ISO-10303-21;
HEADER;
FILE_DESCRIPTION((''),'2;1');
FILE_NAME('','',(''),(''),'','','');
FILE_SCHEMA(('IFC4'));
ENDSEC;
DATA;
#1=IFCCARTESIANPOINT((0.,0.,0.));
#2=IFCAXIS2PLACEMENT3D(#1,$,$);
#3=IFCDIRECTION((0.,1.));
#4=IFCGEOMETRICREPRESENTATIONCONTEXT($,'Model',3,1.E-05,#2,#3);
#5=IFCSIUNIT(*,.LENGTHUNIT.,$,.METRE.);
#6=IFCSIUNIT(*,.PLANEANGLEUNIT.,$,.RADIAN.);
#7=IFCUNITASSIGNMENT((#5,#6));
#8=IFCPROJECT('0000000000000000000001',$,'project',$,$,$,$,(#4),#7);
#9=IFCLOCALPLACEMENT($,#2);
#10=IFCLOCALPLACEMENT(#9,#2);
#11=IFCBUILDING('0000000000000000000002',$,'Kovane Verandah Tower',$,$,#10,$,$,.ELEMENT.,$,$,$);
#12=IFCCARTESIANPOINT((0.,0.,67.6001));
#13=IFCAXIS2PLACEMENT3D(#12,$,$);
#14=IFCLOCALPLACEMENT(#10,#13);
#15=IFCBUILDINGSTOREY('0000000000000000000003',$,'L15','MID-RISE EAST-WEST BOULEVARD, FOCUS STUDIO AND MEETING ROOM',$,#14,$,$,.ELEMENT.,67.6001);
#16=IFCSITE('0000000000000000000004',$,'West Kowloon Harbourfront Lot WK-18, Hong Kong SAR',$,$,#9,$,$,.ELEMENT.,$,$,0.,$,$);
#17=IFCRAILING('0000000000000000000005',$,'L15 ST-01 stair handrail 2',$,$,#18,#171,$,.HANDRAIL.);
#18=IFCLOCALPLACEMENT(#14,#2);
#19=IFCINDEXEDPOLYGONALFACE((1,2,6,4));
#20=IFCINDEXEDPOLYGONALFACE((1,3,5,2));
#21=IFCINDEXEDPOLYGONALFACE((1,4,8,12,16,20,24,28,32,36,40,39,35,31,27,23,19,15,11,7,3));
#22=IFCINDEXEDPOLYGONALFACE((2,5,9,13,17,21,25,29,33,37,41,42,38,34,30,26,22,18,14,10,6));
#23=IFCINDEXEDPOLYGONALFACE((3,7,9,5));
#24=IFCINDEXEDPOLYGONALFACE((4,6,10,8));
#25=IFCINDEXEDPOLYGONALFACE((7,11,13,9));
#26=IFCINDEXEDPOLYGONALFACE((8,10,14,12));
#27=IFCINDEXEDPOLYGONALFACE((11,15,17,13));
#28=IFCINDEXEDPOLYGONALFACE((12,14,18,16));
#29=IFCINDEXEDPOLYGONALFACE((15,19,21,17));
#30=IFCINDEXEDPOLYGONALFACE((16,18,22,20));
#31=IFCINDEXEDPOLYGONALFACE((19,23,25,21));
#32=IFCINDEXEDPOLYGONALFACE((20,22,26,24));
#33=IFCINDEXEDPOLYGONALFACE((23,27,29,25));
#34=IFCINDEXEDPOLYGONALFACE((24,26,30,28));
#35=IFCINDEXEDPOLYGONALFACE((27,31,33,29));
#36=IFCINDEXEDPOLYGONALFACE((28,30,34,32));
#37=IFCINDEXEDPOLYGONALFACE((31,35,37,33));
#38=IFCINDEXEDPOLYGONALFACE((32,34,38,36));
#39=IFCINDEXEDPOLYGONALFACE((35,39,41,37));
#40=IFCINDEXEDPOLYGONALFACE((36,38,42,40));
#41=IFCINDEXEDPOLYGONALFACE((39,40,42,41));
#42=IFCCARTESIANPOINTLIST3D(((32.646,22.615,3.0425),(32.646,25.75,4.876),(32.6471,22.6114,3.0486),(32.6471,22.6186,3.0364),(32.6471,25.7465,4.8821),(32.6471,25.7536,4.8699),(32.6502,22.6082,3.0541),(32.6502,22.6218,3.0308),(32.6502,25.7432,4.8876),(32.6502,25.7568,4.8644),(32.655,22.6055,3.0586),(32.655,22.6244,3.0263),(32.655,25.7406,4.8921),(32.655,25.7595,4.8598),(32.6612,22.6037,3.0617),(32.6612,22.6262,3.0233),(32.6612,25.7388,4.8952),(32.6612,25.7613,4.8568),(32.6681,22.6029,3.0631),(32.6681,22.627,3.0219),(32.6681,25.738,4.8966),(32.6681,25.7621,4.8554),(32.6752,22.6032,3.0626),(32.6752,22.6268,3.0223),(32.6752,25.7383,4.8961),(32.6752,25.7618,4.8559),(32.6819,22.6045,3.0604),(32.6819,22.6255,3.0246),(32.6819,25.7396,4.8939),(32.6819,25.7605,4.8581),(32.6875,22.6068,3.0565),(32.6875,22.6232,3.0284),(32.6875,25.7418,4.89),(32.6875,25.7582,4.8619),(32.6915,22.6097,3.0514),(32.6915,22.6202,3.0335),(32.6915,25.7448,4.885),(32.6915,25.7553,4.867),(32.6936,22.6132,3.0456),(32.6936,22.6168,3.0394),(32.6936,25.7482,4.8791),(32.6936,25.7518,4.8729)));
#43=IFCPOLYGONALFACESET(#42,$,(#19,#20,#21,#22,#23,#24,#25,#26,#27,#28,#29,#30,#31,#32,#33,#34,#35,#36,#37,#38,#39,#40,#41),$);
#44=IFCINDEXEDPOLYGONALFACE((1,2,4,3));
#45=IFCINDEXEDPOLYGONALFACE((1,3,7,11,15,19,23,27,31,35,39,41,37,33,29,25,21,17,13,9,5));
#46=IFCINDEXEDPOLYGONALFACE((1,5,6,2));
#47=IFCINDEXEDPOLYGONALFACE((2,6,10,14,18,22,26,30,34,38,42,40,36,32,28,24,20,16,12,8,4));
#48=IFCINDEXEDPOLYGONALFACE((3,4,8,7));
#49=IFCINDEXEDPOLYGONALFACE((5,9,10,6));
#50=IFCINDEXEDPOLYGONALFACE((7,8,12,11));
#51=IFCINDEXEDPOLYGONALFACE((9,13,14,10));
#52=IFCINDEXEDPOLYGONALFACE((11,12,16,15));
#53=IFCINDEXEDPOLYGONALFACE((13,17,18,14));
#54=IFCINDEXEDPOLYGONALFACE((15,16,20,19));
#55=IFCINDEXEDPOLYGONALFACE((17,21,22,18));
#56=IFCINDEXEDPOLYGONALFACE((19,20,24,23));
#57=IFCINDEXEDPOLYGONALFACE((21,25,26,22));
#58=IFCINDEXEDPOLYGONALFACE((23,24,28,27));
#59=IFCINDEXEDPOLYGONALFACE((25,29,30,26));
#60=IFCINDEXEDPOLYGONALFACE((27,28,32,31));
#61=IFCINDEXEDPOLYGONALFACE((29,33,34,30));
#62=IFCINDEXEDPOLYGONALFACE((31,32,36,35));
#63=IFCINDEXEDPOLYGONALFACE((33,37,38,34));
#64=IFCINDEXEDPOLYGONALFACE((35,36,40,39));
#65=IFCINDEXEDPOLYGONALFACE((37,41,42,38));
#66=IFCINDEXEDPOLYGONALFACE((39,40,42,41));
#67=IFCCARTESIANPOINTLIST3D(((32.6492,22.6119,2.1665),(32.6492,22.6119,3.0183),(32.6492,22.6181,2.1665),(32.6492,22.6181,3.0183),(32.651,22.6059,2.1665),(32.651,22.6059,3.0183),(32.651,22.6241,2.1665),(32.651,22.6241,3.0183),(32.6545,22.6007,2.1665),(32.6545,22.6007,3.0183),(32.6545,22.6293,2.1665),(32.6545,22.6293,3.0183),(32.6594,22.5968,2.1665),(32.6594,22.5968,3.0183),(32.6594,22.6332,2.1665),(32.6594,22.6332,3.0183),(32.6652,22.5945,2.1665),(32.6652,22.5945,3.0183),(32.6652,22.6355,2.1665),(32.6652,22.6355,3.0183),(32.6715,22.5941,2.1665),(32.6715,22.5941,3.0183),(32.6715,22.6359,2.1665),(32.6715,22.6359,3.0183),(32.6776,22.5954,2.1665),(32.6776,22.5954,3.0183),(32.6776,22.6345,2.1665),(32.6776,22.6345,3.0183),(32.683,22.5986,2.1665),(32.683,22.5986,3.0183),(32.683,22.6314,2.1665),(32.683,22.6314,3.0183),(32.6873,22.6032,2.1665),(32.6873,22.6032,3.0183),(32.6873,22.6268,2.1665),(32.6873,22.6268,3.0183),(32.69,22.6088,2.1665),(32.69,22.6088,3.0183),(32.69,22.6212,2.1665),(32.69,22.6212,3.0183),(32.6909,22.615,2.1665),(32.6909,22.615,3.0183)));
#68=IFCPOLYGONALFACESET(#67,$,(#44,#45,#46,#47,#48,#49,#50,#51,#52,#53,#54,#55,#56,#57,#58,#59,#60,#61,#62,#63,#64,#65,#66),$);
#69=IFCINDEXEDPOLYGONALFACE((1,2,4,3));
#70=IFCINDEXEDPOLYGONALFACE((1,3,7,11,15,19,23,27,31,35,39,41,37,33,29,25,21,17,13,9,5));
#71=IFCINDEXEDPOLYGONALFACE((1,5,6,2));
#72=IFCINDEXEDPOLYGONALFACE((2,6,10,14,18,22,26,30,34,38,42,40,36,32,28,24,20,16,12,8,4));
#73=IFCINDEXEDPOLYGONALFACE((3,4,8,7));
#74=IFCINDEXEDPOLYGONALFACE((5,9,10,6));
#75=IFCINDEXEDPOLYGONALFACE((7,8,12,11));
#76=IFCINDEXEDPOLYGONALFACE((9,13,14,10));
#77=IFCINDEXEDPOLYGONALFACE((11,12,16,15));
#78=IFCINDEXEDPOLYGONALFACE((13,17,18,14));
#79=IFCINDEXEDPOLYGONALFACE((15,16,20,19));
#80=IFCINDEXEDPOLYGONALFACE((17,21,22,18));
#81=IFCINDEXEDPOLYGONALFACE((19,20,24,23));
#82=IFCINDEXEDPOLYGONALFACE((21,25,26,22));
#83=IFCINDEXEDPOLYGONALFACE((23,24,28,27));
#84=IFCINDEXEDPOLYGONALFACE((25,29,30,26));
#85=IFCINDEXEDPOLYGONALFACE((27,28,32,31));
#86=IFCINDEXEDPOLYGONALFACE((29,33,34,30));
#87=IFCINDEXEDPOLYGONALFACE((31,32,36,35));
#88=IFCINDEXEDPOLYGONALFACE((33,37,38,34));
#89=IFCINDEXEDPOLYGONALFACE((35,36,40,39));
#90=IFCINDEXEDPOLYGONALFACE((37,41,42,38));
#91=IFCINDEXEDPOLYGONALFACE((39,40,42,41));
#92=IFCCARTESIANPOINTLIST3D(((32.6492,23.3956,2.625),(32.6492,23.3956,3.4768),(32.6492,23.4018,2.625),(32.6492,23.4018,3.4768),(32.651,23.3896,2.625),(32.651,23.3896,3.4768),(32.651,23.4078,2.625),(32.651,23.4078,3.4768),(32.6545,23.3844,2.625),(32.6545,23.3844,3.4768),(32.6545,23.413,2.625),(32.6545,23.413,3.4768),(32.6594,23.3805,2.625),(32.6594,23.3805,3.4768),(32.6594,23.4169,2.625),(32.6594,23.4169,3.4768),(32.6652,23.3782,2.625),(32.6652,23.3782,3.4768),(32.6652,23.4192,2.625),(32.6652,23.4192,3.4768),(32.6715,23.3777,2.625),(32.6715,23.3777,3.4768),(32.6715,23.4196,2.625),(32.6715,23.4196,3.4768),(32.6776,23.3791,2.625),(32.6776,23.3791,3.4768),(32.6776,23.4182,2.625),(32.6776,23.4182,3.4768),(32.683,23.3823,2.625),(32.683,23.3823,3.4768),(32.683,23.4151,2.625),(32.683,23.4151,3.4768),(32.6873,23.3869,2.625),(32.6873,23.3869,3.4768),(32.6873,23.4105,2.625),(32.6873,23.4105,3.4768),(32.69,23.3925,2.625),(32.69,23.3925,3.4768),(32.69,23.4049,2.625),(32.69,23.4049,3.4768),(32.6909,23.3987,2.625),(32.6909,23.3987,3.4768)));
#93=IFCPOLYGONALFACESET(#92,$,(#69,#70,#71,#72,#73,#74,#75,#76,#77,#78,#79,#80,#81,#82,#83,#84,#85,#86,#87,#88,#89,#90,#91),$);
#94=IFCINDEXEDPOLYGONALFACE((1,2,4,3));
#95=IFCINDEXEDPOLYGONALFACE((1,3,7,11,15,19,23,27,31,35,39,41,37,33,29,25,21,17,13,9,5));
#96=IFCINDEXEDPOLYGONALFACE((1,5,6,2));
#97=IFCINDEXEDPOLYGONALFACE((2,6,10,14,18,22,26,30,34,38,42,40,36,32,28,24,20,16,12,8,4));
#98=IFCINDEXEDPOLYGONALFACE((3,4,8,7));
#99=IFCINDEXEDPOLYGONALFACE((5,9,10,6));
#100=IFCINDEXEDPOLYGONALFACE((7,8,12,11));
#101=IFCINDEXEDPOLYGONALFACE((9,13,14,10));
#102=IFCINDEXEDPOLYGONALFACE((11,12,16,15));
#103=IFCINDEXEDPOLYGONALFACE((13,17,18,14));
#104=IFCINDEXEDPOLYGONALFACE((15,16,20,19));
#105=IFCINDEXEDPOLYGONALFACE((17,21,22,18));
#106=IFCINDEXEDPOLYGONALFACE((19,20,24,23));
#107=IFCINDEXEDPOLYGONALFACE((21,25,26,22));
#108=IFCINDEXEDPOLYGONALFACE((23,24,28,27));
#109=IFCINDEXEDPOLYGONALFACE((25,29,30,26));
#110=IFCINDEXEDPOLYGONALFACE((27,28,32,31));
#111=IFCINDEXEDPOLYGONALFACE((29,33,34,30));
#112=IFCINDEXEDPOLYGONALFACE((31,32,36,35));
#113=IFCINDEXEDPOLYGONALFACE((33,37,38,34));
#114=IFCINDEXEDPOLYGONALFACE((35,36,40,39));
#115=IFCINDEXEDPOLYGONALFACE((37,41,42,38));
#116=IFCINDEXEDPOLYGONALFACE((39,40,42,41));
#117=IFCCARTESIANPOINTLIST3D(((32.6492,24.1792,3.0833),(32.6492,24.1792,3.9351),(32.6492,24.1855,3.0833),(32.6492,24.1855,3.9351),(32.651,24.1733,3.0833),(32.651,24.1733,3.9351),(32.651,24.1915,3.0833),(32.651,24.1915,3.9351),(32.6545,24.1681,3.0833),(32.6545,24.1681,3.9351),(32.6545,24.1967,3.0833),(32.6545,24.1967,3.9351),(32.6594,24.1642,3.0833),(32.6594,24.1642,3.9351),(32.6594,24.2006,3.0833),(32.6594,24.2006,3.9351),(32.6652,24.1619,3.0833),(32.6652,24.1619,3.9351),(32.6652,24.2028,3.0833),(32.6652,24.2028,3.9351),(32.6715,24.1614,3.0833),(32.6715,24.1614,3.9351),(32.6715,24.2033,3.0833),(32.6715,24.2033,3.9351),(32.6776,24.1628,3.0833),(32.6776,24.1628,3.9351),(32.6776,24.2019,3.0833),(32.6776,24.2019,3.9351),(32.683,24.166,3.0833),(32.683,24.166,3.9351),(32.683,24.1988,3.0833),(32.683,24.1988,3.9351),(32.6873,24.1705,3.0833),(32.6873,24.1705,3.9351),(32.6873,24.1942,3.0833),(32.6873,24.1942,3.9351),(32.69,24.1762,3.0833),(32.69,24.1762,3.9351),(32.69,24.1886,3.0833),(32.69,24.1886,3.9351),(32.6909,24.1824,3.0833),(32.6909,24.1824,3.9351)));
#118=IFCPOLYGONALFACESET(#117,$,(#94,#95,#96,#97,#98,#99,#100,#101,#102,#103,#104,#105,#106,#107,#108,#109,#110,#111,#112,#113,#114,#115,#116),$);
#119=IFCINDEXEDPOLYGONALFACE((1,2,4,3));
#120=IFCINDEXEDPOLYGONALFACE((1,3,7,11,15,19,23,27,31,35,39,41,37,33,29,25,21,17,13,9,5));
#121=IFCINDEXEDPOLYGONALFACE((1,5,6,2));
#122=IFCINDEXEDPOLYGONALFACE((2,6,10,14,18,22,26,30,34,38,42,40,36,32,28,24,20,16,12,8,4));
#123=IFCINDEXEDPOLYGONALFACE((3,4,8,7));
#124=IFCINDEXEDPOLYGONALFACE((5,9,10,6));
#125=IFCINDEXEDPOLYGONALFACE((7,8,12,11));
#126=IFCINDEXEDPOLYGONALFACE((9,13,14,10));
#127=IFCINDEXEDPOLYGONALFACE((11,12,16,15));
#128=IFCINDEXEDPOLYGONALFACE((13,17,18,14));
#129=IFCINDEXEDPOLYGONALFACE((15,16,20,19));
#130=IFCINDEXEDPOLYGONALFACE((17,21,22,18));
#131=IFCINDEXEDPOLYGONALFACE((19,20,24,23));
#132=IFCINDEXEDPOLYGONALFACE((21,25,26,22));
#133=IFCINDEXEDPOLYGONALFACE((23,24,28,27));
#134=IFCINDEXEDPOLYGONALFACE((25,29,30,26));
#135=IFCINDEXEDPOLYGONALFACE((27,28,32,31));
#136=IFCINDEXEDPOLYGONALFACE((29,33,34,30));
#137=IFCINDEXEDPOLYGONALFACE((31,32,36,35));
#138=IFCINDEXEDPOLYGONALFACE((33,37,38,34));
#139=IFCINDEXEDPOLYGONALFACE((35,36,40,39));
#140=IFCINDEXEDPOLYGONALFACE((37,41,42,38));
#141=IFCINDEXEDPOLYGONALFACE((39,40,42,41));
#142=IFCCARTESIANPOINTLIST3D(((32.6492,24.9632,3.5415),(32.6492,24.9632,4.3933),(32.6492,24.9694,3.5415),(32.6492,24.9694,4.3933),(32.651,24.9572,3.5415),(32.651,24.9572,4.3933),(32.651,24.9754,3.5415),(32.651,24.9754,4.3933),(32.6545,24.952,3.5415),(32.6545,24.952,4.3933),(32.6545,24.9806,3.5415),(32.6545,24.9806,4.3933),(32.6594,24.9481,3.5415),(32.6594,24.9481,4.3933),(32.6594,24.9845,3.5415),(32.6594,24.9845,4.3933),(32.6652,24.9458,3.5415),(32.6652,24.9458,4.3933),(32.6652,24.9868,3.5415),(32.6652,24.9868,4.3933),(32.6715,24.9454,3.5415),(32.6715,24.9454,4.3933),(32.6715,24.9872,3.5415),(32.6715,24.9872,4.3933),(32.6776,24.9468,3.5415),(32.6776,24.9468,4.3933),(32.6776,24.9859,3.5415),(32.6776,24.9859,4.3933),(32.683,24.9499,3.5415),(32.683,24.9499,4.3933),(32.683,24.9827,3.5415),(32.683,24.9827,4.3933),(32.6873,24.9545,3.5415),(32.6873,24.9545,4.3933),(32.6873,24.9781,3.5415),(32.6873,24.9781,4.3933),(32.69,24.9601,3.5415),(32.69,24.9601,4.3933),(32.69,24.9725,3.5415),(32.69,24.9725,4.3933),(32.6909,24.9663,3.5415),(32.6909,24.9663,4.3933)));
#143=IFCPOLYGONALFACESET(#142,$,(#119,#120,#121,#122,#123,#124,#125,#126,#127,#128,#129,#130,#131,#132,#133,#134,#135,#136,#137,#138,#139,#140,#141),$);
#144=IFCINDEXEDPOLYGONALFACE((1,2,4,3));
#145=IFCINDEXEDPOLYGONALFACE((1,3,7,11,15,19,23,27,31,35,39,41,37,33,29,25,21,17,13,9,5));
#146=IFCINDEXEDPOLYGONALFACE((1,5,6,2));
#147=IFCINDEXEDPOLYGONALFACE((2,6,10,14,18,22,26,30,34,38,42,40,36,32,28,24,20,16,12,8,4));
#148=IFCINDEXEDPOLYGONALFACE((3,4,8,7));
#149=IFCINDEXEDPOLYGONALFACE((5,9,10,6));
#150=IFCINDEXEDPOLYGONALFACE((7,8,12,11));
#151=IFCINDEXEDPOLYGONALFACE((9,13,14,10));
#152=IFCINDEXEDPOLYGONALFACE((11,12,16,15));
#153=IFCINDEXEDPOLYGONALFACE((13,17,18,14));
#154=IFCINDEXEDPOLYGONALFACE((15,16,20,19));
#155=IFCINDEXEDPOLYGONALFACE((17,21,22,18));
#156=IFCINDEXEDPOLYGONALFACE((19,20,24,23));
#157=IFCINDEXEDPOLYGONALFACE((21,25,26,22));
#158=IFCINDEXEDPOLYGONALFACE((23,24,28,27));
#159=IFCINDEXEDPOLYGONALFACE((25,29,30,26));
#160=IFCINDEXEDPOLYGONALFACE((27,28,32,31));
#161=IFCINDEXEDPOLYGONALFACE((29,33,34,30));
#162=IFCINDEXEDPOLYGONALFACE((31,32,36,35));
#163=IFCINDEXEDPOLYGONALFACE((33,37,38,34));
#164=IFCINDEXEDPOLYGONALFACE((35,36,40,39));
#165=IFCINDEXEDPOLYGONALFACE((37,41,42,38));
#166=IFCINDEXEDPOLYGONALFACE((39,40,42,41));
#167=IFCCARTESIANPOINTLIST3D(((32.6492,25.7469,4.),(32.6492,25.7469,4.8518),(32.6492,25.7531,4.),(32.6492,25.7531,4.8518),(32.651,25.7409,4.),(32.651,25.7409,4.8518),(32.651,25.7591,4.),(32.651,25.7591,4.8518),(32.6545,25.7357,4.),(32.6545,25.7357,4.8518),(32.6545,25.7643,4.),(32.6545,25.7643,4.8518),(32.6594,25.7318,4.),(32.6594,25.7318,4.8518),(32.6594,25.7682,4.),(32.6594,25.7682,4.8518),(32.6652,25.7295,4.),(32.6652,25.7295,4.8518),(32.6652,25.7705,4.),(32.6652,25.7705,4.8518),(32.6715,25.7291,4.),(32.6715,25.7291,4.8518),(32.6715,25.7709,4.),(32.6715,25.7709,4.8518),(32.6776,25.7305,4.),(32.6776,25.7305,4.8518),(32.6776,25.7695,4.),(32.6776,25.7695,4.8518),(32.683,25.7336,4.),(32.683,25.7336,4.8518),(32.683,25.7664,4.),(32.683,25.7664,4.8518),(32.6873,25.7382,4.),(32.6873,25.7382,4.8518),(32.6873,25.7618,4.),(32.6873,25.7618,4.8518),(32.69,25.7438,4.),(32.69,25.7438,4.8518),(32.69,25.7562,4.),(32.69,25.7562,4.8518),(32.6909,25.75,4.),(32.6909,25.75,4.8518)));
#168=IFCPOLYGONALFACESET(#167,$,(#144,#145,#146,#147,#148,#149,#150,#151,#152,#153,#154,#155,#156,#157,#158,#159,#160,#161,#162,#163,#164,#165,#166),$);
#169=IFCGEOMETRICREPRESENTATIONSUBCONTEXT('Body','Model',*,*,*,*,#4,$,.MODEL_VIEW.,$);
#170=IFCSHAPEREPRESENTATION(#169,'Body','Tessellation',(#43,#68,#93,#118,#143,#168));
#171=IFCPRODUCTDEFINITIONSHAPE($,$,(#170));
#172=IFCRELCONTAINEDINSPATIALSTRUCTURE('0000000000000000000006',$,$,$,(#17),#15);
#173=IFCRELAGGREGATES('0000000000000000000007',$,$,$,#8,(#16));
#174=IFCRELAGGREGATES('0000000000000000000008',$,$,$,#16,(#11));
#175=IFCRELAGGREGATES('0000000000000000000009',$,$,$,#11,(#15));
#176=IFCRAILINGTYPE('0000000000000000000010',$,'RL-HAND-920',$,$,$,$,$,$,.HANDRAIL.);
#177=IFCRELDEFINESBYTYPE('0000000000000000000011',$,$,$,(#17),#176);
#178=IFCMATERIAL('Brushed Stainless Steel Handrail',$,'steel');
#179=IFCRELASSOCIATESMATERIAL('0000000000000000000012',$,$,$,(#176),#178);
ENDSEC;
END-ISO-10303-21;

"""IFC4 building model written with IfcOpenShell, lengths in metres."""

from ifc_helpers import new_model, si_unit, direction, frame, origin, origin_2d, place, context, subcontext, project, spatial, circle, extrude, material, type_object, element, save


model = new_model("IFC4")

# Units and contexts
model_context = context("Model", 3, precision=1e-05, world=origin(), true_north=direction((0.0, 1.0)))
body_context = subcontext(model_context, "Body", "Model", "MODEL_VIEW")
ifc_project = project(units=[si_unit("LENGTHUNIT", "METRE"), si_unit("PLANEANGLEUNIT", "RADIAN")], contexts=[model_context])

# Site, building, storey
site_placement = place(None, origin())
site = spatial("IfcSite", under=ifc_project, at=site_placement, Name="West Kowloon Harbourfront Lot WK-18, Hong Kong SAR", CompositionType="ELEMENT", RefElevation=0.0)
building_placement = place(site_placement, origin())
building = spatial("IfcBuilding", under=site, at=building_placement, Name="Kovane Verandah Tower", CompositionType="ELEMENT")
storey_placement = place(building_placement, frame((0.0, 0.0, 67.6001)))
storey = spatial("IfcBuildingStorey", under=building, at=storey_placement, Name="L15", Description="MID-RISE EAST-WEST BOULEVARD, FOCUS STUDIO AND MEETING ROOM", CompositionType="ELEMENT", Elevation=67.6001)

# Railing
ifc_material_1 = material(Name="Brushed Stainless Steel Handrail", Category="steel")
railing_type_1 = type_object("IfcRailingType", Name="RL-HAND-920", PredefinedType="HANDRAIL", material=ifc_material_1)
railing_1_placement = place(storey_placement, frame((32.6699, 22.615, 2.1665)))
element("IfcRailing", 1, at=railing_1_placement, inside=storey, type_object=railing_type_1, Name="L15 ST-01 stair handrail 2", PredefinedType="HANDRAIL", context=body_context, shape_type="SweptSolid", body=[
    extrude(circle(Radius=0.0239, at=origin_2d()), frame((0.0, 0.0, 0.876), z_axis=(0.0, 0.86321, 0.504845), x_axis=(-1.0, 0.0, 0.0)), (0.0, 0.0, 1.0), 3.6318),
    extrude(circle(Radius=0.021, at=origin_2d()), origin(), (0.0, 0.0, 1.0), 0.8518),
    extrude(circle(Radius=0.021, at=origin_2d()), frame((0.0, 0.7837, 0.4585)), (0.0, 0.0, 1.0), 0.8518),
    extrude(circle(Radius=0.021, at=origin_2d()), frame((0.0, 1.5674, 0.9167)), (0.0, 0.0, 1.0), 0.8518),
    extrude(circle(Radius=0.021, at=origin_2d()), frame((0.0, 2.3513, 1.375)), (0.0, 0.0, 1.0), 0.8518),
    extrude(circle(Radius=0.021, at=origin_2d()), frame((0.0, 3.135, 1.8335)), (0.0, 0.0, 1.0), 0.8518),
])

save(model, "model.ifc")
